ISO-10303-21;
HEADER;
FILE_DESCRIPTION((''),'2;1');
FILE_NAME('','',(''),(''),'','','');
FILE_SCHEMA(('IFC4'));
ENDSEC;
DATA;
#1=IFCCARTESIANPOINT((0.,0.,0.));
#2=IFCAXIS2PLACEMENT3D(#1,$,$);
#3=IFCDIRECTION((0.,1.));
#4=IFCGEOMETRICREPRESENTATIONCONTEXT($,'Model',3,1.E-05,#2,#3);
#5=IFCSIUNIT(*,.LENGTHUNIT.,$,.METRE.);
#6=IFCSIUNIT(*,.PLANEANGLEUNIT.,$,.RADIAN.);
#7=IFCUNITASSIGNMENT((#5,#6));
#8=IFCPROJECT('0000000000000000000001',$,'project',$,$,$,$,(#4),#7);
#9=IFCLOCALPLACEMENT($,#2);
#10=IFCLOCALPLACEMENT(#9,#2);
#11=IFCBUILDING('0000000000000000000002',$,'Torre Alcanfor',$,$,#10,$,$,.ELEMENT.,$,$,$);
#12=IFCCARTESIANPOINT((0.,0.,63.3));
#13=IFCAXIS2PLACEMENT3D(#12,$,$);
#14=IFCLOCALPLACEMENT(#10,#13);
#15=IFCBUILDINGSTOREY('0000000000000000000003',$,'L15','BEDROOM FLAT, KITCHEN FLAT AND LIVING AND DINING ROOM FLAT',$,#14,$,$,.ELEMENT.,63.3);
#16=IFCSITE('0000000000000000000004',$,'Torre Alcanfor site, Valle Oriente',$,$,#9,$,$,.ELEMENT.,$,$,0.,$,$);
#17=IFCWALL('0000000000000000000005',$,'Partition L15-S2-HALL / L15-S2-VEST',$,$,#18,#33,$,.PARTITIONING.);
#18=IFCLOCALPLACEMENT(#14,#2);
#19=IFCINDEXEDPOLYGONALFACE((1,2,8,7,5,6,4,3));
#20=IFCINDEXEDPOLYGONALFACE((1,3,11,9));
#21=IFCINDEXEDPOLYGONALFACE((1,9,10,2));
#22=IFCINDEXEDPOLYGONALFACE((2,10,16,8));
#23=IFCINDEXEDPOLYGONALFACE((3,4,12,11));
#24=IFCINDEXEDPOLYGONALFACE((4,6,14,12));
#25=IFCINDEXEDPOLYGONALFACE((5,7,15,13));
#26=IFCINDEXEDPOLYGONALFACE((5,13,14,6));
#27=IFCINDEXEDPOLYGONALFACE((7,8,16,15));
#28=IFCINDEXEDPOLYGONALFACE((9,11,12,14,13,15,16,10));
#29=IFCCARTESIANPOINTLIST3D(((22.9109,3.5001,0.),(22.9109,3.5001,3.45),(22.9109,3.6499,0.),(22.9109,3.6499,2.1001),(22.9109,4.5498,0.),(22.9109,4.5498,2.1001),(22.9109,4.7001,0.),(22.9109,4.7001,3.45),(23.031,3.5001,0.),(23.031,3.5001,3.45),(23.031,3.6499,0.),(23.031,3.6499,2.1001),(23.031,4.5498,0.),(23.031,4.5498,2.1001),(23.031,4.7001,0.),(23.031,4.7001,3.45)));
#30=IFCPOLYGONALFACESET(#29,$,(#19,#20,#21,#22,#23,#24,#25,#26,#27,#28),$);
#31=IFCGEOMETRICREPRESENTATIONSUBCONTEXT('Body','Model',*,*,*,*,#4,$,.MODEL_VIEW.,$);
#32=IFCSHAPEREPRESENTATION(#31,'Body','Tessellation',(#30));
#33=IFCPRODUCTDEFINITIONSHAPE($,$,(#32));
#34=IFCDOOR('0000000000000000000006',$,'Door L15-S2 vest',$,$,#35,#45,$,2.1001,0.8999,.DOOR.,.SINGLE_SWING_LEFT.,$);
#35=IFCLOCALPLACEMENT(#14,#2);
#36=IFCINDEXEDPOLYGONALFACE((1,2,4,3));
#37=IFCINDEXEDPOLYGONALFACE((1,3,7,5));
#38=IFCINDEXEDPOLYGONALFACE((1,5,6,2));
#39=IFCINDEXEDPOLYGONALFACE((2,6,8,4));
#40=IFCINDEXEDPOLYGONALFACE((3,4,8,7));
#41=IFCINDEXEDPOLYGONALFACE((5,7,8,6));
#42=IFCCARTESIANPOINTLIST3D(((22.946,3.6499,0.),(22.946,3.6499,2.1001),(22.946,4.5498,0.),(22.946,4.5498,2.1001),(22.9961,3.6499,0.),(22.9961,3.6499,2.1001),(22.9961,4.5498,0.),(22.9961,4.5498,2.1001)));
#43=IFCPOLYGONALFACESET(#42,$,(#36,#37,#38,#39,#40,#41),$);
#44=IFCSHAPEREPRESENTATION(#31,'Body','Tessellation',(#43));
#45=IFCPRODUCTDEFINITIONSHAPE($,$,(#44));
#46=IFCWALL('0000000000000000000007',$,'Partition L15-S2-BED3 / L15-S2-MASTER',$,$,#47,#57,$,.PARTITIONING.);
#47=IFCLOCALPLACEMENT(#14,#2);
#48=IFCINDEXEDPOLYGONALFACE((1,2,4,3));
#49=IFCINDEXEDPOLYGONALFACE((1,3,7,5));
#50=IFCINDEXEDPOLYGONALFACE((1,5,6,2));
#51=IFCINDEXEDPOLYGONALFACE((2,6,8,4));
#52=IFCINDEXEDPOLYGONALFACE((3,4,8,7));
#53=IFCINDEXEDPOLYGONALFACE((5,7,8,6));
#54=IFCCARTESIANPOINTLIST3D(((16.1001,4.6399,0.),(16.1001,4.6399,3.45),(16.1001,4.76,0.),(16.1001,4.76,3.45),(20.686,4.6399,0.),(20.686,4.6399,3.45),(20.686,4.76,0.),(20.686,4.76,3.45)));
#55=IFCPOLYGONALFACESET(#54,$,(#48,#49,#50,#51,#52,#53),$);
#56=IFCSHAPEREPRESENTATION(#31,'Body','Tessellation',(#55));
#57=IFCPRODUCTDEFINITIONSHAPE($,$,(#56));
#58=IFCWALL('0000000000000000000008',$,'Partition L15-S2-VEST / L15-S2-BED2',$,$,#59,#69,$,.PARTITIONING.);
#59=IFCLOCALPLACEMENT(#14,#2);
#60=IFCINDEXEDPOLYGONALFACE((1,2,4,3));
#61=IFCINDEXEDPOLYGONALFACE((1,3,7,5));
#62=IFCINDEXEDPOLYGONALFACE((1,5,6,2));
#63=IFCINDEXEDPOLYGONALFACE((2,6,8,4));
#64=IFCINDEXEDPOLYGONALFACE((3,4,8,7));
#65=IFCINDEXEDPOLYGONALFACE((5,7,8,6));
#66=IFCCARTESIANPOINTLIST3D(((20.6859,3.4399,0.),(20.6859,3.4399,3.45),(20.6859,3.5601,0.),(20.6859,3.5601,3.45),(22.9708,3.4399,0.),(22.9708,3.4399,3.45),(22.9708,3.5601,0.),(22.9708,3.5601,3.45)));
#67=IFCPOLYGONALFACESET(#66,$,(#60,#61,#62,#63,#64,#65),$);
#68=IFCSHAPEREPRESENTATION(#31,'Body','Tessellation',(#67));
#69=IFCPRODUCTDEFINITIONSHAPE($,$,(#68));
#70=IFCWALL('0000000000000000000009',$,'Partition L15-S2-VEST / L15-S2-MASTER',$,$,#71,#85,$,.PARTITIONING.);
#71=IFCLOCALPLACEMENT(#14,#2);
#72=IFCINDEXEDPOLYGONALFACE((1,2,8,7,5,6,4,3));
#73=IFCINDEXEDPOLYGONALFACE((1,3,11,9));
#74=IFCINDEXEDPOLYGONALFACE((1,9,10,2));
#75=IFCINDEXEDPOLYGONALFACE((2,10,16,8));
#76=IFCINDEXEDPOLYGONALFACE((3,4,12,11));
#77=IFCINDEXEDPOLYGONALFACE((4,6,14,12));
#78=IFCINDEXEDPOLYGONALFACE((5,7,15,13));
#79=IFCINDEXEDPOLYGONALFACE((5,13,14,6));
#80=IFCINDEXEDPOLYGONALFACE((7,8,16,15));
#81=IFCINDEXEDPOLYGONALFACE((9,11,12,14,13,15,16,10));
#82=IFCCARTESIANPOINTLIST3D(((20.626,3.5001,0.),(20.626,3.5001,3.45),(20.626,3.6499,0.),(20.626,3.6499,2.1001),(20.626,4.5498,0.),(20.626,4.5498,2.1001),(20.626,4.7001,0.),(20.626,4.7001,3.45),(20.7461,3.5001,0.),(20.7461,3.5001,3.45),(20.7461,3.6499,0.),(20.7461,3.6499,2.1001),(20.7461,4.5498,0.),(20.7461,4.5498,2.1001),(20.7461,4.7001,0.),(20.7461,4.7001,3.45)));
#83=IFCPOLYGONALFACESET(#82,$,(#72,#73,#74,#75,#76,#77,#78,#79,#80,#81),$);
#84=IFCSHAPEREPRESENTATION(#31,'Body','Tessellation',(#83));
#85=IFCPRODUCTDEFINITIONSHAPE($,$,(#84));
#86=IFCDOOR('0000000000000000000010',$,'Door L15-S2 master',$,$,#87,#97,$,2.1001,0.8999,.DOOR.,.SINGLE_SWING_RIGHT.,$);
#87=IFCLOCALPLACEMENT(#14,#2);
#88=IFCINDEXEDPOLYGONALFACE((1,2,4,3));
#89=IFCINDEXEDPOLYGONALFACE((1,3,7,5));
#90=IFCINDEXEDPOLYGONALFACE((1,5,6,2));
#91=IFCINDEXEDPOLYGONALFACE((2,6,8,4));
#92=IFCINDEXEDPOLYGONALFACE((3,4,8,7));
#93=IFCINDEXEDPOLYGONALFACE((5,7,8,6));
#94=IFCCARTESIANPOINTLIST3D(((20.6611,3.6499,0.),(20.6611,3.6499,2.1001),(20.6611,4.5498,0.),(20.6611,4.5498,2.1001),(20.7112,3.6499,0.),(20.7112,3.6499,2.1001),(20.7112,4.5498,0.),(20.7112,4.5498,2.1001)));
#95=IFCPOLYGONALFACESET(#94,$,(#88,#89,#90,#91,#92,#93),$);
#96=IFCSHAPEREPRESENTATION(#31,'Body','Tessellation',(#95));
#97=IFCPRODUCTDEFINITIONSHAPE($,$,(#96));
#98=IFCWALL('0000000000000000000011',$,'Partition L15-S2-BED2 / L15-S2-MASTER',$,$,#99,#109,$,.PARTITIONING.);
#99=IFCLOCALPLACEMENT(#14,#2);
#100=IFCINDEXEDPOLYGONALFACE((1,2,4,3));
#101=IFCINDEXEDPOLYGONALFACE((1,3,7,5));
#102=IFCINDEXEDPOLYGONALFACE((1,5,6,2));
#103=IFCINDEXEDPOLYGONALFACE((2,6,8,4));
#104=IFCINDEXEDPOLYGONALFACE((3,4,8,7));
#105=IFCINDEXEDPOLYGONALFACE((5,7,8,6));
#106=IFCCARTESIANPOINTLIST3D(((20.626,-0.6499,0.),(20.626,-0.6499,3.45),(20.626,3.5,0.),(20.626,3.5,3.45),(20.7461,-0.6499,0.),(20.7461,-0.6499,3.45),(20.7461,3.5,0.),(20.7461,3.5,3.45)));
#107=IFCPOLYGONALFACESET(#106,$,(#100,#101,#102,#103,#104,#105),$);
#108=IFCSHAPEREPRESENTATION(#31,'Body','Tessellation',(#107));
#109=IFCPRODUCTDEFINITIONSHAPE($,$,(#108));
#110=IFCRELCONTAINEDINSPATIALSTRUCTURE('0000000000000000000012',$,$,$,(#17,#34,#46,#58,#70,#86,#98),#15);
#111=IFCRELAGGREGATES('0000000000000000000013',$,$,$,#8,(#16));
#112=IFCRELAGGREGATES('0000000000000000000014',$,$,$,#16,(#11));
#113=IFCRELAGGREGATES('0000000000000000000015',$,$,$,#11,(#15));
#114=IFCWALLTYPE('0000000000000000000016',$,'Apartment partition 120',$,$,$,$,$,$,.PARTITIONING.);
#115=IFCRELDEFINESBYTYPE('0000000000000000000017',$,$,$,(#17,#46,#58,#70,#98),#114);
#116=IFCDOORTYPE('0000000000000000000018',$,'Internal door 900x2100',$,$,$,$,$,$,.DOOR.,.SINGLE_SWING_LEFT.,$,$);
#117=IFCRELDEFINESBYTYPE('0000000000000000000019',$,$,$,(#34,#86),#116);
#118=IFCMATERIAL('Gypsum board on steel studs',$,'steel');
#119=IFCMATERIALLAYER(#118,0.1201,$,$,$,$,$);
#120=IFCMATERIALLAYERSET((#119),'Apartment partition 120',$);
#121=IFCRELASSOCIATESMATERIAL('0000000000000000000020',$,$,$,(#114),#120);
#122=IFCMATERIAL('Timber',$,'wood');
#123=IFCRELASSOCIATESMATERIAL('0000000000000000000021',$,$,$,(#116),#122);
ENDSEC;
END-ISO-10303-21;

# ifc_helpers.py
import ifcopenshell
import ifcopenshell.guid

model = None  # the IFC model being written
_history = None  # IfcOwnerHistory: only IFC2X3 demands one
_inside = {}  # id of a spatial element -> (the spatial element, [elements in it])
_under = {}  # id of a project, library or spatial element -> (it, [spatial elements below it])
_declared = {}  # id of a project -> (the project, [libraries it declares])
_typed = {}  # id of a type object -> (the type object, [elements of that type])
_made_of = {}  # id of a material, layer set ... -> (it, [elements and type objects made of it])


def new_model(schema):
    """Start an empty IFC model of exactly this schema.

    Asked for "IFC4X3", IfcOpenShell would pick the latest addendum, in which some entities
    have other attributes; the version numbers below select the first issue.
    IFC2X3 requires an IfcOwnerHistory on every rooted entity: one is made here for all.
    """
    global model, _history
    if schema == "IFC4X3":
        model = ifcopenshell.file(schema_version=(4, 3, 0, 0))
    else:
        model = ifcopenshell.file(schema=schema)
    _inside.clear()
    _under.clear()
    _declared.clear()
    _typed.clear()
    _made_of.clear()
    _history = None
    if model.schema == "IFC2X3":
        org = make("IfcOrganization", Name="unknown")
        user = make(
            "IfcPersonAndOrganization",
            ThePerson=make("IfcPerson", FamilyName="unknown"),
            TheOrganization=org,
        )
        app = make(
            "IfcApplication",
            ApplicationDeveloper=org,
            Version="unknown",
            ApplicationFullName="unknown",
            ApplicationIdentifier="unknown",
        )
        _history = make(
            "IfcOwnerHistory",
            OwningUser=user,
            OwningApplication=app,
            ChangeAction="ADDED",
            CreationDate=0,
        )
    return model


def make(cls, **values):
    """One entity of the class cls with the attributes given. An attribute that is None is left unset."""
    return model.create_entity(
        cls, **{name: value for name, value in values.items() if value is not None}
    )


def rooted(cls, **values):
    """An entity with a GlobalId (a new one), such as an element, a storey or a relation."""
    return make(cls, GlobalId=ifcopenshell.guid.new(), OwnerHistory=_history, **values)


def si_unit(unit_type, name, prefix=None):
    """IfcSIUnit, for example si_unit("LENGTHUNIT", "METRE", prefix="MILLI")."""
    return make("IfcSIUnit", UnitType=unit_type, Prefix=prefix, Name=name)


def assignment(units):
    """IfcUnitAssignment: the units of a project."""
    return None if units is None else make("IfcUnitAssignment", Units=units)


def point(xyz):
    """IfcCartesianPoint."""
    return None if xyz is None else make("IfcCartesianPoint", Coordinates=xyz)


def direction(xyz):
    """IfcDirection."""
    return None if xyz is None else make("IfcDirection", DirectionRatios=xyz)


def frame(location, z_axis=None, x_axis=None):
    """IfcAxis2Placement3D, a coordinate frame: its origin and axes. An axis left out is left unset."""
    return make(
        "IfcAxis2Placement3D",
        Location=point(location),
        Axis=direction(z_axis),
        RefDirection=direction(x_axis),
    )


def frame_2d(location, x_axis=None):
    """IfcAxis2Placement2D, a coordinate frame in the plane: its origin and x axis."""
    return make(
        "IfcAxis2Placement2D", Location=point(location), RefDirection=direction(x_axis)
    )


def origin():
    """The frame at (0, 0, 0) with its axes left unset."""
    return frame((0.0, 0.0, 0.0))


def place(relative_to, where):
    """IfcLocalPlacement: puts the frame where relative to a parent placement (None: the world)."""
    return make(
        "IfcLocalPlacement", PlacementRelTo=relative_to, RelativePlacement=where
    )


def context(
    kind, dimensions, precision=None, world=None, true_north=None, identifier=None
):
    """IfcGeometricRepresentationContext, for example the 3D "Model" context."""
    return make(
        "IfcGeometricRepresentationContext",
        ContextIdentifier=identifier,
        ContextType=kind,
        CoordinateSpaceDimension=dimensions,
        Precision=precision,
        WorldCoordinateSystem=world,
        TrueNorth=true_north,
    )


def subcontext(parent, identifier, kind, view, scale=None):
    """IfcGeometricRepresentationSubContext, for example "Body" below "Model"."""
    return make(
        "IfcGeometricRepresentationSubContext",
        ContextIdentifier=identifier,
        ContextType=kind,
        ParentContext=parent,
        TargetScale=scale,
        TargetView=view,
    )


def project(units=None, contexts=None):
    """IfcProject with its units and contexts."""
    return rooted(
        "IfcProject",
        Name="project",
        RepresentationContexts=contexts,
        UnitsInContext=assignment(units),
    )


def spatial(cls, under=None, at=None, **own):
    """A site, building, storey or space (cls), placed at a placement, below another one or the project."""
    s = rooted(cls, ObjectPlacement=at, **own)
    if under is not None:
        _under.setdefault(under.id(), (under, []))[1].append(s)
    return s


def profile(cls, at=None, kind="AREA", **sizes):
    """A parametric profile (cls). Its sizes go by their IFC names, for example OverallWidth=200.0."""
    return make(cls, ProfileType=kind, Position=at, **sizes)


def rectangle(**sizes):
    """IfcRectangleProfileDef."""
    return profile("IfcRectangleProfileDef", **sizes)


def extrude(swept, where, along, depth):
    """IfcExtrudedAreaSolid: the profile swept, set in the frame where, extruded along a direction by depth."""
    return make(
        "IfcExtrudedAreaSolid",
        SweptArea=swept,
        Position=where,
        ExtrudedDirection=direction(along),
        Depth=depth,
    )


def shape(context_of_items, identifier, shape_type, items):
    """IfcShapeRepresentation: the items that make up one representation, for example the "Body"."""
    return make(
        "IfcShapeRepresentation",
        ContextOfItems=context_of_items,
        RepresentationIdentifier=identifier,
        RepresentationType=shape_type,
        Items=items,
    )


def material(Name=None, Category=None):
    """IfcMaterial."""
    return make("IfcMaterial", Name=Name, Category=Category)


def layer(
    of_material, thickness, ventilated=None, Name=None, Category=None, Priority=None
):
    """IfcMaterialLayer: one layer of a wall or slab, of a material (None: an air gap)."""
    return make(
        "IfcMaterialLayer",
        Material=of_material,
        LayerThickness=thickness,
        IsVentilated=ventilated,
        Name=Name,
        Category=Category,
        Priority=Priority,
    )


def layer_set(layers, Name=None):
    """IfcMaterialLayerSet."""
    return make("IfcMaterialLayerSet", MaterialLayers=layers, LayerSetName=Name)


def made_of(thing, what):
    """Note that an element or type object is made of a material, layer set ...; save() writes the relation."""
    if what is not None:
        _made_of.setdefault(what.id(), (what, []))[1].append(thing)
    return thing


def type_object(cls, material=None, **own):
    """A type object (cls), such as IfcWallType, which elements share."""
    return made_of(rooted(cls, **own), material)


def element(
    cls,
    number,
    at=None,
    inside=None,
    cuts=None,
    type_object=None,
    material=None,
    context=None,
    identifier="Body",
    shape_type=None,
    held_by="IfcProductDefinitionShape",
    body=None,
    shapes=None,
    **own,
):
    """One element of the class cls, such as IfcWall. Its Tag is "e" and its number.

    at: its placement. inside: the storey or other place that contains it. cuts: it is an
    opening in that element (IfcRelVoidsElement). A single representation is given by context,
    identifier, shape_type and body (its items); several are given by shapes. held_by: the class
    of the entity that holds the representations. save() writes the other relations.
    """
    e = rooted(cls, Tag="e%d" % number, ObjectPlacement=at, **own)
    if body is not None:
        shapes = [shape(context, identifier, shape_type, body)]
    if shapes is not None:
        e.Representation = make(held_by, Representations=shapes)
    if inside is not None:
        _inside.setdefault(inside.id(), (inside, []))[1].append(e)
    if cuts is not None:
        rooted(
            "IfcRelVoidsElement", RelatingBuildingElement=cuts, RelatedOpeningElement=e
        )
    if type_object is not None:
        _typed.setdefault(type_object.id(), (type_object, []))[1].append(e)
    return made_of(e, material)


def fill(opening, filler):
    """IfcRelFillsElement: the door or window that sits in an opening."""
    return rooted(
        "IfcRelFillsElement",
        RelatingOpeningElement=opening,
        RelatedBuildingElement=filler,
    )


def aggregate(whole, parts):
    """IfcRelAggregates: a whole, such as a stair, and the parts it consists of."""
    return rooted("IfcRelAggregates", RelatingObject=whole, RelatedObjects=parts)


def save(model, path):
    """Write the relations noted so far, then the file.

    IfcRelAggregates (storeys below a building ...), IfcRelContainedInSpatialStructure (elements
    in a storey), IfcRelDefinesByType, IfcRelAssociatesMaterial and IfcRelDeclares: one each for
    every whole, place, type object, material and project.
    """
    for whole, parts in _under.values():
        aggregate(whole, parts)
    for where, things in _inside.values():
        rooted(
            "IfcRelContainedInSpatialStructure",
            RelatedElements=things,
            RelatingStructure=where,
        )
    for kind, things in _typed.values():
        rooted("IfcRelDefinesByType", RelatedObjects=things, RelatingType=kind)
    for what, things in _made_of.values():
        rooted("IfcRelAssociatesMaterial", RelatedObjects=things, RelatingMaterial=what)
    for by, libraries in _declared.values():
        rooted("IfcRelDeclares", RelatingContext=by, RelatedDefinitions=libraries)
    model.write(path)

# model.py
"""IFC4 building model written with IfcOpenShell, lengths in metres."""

from ifc_helpers import new_model, si_unit, direction, frame, frame_2d, origin, place, context, subcontext, project, spatial, rectangle, extrude, material, layer, layer_set, type_object, element, fill, save


model = new_model("IFC4")

# Units and contexts
model_context = context("Model", 3, precision=1e-05, world=origin(), true_north=direction((0.0, 1.0)))
body_context = subcontext(model_context, "Body", "Model", "MODEL_VIEW")
ifc_project = project(units=[si_unit("LENGTHUNIT", "METRE"), si_unit("PLANEANGLEUNIT", "RADIAN")], contexts=[model_context])

# Site, building, storey
site_placement = place(None, origin())
site = spatial("IfcSite", under=ifc_project, at=site_placement, Name="Torre Alcanfor site, Valle Oriente", CompositionType="ELEMENT", RefElevation=0.0)
building_placement = place(site_placement, origin())
building = spatial("IfcBuilding", under=site, at=building_placement, Name="Torre Alcanfor", CompositionType="ELEMENT")
storey_placement = place(building_placement, frame((0.0, 0.0, 63.3)))
storey = spatial("IfcBuildingStorey", under=building, at=storey_placement, Name="L15", Description="BEDROOM FLAT, KITCHEN FLAT AND LIVING AND DINING ROOM FLAT", CompositionType="ELEMENT", Elevation=63.3)

# Wall, opening, door
ifc_material_1 = material(Name="Gypsum board on steel studs", Category="steel")
ifc_layer_1 = layer(ifc_material_1, 0.1201)
ifc_layer_set_1 = layer_set([ifc_layer_1], Name="Apartment partition 120")
wall_type = type_object("IfcWallType", Name="Apartment partition 120", PredefinedType="PARTITIONING", material=ifc_layer_set_1)
wall_1_placement = place(storey_placement, frame((22.9709, 3.5, 0.0), z_axis=(0.0, 0.0, 1.0), x_axis=(0.0, 1.0, 0.0)))
wall_1 = element("IfcWall", 1, at=wall_1_placement, inside=storey, type_object=wall_type, Name="Partition L15-S2-HALL / L15-S2-VEST", PredefinedType="PARTITIONING", context=body_context, shape_type="SweptSolid", body=[
    extrude(rectangle(XDim=1.2, YDim=0.1201, at=frame_2d((0.6001, 0.0))), origin(), (0.0, 0.0, 1.0), 3.45),
])
opening_1_placement = place(wall_1_placement, frame((0.1499, 0.0, 0.0)))
opening_1 = element("IfcOpeningElement", 2, at=opening_1_placement, cuts=wall_1, PredefinedType="OPENING", context=body_context, shape_type="SweptSolid", body=[
    extrude(rectangle(XDim=0.8999, YDim=2.1001, at=frame_2d((0.45, 1.05))), frame((0.0, 0.0701, 0.0), z_axis=(0.0, -1.0, 0.0), x_axis=(1.0, 0.0, 0.0)), (0.0, 0.0, 1.0), 0.1401),
])
ifc_material_2 = material(Name="Timber", Category="wood")
door_type = type_object("IfcDoorType", Name="Internal door 900x2100", OperationType="SINGLE_SWING_LEFT", PredefinedType="DOOR", material=ifc_material_2)
door_1_placement = place(opening_1_placement, origin())
door_1 = element("IfcDoor", 3, at=door_1_placement, inside=storey, type_object=door_type, Name="Door L15-S2 vest", OperationType="SINGLE_SWING_LEFT", OverallHeight=2.1001, OverallWidth=0.8999, PredefinedType="DOOR", context=body_context, shape_type="SweptSolid", body=[
    extrude(rectangle(XDim=0.8999, YDim=2.1001, at=frame_2d((0.45, 1.05))), frame((0.0, 0.0249, 0.0), z_axis=(0.0, -1.0, 0.0), x_axis=(1.0, 0.0, 0.0)), (0.0, 0.0, 1.0), 0.05),
])
fill(opening_1, door_1)

# Walls
wall_2_placement = place(storey_placement, frame((20.686, 4.7, 0.0), z_axis=(0.0, 0.0, 1.0), x_axis=(-1.0, 0.0, 0.0)))
element("IfcWall", 4, at=wall_2_placement, inside=storey, type_object=wall_type, Name="Partition L15-S2-BED3 / L15-S2-MASTER", PredefinedType="PARTITIONING", context=body_context, shape_type="SweptSolid", body=[
    extrude(rectangle(XDim=4.5859, YDim=0.1201, at=frame_2d((2.293, 0.0))), origin(), (0.0, 0.0, 1.0), 3.45),
])
wall_3_placement = place(storey_placement, frame((22.9709, 3.5, 0.0), z_axis=(0.0, 0.0, 1.0), x_axis=(-1.0, 0.0, 0.0)))
element("IfcWall", 5, at=wall_3_placement, inside=storey, type_object=wall_type, Name="Partition L15-S2-VEST / L15-S2-BED2", PredefinedType="PARTITIONING", context=body_context, shape_type="SweptSolid", body=[
    extrude(rectangle(XDim=2.2849, YDim=0.1201, at=frame_2d((1.1426, 0.0))), origin(), (0.0, 0.0, 1.0), 3.45),
])

# Wall, opening, door
wall_4_placement = place(storey_placement, frame((20.686, 3.5, 0.0), z_axis=(0.0, 0.0, 1.0), x_axis=(0.0, 1.0, 0.0)))
wall_4 = element("IfcWall", 6, at=wall_4_placement, inside=storey, type_object=wall_type, Name="Partition L15-S2-VEST / L15-S2-MASTER", PredefinedType="PARTITIONING", context=body_context, shape_type="SweptSolid", body=[
    extrude(rectangle(XDim=1.2, YDim=0.1201, at=frame_2d((0.6001, 0.0))), origin(), (0.0, 0.0, 1.0), 3.45),
])
opening_2_placement = place(wall_4_placement, frame((0.1499, 0.0, 0.0)))
opening_2 = element("IfcOpeningElement", 7, at=opening_2_placement, cuts=wall_4, PredefinedType="OPENING", context=body_context, shape_type="SweptSolid", body=[
    extrude(rectangle(XDim=0.8999, YDim=2.1001, at=frame_2d((0.45, 1.05))), frame((0.0, 0.0701, 0.0), z_axis=(0.0, -1.0, 0.0), x_axis=(1.0, 0.0, 0.0)), (0.0, 0.0, 1.0), 0.1401),
])
door_2_placement = place(opening_2_placement, frame((0.8999, 0.0, 0.0), z_axis=(0.0, 0.0, 1.0), x_axis=(-1.0, 0.0, 0.0)))
door_2 = element("IfcDoor", 8, at=door_2_placement, inside=storey, type_object=door_type, Name="Door L15-S2 master", OperationType="SINGLE_SWING_RIGHT", OverallHeight=2.1001, OverallWidth=0.8999, PredefinedType="DOOR", context=body_context, shape_type="SweptSolid", body=[
    extrude(rectangle(XDim=0.8999, YDim=2.1001, at=frame_2d((0.45, 1.05))), frame((0.0, 0.0251, 0.0), z_axis=(0.0, -1.0, 0.0), x_axis=(1.0, 0.0, 0.0)), (0.0, 0.0, 1.0), 0.05),
])
fill(opening_2, door_2)

# Wall
wall_5_placement = place(storey_placement, frame((20.686, -0.6499, 0.0), z_axis=(0.0, 0.0, 1.0), x_axis=(0.0, 1.0, 0.0)))
element("IfcWall", 9, at=wall_5_placement, inside=storey, type_object=wall_type, Name="Partition L15-S2-BED2 / L15-S2-MASTER", PredefinedType="PARTITIONING", context=body_context, shape_type="SweptSolid", body=[
    extrude(rectangle(XDim=4.1499, YDim=0.1201, at=frame_2d((2.075, 0.0))), origin(), (0.0, 0.0, 1.0), 3.45),
])

save(model, "model.ifc")
